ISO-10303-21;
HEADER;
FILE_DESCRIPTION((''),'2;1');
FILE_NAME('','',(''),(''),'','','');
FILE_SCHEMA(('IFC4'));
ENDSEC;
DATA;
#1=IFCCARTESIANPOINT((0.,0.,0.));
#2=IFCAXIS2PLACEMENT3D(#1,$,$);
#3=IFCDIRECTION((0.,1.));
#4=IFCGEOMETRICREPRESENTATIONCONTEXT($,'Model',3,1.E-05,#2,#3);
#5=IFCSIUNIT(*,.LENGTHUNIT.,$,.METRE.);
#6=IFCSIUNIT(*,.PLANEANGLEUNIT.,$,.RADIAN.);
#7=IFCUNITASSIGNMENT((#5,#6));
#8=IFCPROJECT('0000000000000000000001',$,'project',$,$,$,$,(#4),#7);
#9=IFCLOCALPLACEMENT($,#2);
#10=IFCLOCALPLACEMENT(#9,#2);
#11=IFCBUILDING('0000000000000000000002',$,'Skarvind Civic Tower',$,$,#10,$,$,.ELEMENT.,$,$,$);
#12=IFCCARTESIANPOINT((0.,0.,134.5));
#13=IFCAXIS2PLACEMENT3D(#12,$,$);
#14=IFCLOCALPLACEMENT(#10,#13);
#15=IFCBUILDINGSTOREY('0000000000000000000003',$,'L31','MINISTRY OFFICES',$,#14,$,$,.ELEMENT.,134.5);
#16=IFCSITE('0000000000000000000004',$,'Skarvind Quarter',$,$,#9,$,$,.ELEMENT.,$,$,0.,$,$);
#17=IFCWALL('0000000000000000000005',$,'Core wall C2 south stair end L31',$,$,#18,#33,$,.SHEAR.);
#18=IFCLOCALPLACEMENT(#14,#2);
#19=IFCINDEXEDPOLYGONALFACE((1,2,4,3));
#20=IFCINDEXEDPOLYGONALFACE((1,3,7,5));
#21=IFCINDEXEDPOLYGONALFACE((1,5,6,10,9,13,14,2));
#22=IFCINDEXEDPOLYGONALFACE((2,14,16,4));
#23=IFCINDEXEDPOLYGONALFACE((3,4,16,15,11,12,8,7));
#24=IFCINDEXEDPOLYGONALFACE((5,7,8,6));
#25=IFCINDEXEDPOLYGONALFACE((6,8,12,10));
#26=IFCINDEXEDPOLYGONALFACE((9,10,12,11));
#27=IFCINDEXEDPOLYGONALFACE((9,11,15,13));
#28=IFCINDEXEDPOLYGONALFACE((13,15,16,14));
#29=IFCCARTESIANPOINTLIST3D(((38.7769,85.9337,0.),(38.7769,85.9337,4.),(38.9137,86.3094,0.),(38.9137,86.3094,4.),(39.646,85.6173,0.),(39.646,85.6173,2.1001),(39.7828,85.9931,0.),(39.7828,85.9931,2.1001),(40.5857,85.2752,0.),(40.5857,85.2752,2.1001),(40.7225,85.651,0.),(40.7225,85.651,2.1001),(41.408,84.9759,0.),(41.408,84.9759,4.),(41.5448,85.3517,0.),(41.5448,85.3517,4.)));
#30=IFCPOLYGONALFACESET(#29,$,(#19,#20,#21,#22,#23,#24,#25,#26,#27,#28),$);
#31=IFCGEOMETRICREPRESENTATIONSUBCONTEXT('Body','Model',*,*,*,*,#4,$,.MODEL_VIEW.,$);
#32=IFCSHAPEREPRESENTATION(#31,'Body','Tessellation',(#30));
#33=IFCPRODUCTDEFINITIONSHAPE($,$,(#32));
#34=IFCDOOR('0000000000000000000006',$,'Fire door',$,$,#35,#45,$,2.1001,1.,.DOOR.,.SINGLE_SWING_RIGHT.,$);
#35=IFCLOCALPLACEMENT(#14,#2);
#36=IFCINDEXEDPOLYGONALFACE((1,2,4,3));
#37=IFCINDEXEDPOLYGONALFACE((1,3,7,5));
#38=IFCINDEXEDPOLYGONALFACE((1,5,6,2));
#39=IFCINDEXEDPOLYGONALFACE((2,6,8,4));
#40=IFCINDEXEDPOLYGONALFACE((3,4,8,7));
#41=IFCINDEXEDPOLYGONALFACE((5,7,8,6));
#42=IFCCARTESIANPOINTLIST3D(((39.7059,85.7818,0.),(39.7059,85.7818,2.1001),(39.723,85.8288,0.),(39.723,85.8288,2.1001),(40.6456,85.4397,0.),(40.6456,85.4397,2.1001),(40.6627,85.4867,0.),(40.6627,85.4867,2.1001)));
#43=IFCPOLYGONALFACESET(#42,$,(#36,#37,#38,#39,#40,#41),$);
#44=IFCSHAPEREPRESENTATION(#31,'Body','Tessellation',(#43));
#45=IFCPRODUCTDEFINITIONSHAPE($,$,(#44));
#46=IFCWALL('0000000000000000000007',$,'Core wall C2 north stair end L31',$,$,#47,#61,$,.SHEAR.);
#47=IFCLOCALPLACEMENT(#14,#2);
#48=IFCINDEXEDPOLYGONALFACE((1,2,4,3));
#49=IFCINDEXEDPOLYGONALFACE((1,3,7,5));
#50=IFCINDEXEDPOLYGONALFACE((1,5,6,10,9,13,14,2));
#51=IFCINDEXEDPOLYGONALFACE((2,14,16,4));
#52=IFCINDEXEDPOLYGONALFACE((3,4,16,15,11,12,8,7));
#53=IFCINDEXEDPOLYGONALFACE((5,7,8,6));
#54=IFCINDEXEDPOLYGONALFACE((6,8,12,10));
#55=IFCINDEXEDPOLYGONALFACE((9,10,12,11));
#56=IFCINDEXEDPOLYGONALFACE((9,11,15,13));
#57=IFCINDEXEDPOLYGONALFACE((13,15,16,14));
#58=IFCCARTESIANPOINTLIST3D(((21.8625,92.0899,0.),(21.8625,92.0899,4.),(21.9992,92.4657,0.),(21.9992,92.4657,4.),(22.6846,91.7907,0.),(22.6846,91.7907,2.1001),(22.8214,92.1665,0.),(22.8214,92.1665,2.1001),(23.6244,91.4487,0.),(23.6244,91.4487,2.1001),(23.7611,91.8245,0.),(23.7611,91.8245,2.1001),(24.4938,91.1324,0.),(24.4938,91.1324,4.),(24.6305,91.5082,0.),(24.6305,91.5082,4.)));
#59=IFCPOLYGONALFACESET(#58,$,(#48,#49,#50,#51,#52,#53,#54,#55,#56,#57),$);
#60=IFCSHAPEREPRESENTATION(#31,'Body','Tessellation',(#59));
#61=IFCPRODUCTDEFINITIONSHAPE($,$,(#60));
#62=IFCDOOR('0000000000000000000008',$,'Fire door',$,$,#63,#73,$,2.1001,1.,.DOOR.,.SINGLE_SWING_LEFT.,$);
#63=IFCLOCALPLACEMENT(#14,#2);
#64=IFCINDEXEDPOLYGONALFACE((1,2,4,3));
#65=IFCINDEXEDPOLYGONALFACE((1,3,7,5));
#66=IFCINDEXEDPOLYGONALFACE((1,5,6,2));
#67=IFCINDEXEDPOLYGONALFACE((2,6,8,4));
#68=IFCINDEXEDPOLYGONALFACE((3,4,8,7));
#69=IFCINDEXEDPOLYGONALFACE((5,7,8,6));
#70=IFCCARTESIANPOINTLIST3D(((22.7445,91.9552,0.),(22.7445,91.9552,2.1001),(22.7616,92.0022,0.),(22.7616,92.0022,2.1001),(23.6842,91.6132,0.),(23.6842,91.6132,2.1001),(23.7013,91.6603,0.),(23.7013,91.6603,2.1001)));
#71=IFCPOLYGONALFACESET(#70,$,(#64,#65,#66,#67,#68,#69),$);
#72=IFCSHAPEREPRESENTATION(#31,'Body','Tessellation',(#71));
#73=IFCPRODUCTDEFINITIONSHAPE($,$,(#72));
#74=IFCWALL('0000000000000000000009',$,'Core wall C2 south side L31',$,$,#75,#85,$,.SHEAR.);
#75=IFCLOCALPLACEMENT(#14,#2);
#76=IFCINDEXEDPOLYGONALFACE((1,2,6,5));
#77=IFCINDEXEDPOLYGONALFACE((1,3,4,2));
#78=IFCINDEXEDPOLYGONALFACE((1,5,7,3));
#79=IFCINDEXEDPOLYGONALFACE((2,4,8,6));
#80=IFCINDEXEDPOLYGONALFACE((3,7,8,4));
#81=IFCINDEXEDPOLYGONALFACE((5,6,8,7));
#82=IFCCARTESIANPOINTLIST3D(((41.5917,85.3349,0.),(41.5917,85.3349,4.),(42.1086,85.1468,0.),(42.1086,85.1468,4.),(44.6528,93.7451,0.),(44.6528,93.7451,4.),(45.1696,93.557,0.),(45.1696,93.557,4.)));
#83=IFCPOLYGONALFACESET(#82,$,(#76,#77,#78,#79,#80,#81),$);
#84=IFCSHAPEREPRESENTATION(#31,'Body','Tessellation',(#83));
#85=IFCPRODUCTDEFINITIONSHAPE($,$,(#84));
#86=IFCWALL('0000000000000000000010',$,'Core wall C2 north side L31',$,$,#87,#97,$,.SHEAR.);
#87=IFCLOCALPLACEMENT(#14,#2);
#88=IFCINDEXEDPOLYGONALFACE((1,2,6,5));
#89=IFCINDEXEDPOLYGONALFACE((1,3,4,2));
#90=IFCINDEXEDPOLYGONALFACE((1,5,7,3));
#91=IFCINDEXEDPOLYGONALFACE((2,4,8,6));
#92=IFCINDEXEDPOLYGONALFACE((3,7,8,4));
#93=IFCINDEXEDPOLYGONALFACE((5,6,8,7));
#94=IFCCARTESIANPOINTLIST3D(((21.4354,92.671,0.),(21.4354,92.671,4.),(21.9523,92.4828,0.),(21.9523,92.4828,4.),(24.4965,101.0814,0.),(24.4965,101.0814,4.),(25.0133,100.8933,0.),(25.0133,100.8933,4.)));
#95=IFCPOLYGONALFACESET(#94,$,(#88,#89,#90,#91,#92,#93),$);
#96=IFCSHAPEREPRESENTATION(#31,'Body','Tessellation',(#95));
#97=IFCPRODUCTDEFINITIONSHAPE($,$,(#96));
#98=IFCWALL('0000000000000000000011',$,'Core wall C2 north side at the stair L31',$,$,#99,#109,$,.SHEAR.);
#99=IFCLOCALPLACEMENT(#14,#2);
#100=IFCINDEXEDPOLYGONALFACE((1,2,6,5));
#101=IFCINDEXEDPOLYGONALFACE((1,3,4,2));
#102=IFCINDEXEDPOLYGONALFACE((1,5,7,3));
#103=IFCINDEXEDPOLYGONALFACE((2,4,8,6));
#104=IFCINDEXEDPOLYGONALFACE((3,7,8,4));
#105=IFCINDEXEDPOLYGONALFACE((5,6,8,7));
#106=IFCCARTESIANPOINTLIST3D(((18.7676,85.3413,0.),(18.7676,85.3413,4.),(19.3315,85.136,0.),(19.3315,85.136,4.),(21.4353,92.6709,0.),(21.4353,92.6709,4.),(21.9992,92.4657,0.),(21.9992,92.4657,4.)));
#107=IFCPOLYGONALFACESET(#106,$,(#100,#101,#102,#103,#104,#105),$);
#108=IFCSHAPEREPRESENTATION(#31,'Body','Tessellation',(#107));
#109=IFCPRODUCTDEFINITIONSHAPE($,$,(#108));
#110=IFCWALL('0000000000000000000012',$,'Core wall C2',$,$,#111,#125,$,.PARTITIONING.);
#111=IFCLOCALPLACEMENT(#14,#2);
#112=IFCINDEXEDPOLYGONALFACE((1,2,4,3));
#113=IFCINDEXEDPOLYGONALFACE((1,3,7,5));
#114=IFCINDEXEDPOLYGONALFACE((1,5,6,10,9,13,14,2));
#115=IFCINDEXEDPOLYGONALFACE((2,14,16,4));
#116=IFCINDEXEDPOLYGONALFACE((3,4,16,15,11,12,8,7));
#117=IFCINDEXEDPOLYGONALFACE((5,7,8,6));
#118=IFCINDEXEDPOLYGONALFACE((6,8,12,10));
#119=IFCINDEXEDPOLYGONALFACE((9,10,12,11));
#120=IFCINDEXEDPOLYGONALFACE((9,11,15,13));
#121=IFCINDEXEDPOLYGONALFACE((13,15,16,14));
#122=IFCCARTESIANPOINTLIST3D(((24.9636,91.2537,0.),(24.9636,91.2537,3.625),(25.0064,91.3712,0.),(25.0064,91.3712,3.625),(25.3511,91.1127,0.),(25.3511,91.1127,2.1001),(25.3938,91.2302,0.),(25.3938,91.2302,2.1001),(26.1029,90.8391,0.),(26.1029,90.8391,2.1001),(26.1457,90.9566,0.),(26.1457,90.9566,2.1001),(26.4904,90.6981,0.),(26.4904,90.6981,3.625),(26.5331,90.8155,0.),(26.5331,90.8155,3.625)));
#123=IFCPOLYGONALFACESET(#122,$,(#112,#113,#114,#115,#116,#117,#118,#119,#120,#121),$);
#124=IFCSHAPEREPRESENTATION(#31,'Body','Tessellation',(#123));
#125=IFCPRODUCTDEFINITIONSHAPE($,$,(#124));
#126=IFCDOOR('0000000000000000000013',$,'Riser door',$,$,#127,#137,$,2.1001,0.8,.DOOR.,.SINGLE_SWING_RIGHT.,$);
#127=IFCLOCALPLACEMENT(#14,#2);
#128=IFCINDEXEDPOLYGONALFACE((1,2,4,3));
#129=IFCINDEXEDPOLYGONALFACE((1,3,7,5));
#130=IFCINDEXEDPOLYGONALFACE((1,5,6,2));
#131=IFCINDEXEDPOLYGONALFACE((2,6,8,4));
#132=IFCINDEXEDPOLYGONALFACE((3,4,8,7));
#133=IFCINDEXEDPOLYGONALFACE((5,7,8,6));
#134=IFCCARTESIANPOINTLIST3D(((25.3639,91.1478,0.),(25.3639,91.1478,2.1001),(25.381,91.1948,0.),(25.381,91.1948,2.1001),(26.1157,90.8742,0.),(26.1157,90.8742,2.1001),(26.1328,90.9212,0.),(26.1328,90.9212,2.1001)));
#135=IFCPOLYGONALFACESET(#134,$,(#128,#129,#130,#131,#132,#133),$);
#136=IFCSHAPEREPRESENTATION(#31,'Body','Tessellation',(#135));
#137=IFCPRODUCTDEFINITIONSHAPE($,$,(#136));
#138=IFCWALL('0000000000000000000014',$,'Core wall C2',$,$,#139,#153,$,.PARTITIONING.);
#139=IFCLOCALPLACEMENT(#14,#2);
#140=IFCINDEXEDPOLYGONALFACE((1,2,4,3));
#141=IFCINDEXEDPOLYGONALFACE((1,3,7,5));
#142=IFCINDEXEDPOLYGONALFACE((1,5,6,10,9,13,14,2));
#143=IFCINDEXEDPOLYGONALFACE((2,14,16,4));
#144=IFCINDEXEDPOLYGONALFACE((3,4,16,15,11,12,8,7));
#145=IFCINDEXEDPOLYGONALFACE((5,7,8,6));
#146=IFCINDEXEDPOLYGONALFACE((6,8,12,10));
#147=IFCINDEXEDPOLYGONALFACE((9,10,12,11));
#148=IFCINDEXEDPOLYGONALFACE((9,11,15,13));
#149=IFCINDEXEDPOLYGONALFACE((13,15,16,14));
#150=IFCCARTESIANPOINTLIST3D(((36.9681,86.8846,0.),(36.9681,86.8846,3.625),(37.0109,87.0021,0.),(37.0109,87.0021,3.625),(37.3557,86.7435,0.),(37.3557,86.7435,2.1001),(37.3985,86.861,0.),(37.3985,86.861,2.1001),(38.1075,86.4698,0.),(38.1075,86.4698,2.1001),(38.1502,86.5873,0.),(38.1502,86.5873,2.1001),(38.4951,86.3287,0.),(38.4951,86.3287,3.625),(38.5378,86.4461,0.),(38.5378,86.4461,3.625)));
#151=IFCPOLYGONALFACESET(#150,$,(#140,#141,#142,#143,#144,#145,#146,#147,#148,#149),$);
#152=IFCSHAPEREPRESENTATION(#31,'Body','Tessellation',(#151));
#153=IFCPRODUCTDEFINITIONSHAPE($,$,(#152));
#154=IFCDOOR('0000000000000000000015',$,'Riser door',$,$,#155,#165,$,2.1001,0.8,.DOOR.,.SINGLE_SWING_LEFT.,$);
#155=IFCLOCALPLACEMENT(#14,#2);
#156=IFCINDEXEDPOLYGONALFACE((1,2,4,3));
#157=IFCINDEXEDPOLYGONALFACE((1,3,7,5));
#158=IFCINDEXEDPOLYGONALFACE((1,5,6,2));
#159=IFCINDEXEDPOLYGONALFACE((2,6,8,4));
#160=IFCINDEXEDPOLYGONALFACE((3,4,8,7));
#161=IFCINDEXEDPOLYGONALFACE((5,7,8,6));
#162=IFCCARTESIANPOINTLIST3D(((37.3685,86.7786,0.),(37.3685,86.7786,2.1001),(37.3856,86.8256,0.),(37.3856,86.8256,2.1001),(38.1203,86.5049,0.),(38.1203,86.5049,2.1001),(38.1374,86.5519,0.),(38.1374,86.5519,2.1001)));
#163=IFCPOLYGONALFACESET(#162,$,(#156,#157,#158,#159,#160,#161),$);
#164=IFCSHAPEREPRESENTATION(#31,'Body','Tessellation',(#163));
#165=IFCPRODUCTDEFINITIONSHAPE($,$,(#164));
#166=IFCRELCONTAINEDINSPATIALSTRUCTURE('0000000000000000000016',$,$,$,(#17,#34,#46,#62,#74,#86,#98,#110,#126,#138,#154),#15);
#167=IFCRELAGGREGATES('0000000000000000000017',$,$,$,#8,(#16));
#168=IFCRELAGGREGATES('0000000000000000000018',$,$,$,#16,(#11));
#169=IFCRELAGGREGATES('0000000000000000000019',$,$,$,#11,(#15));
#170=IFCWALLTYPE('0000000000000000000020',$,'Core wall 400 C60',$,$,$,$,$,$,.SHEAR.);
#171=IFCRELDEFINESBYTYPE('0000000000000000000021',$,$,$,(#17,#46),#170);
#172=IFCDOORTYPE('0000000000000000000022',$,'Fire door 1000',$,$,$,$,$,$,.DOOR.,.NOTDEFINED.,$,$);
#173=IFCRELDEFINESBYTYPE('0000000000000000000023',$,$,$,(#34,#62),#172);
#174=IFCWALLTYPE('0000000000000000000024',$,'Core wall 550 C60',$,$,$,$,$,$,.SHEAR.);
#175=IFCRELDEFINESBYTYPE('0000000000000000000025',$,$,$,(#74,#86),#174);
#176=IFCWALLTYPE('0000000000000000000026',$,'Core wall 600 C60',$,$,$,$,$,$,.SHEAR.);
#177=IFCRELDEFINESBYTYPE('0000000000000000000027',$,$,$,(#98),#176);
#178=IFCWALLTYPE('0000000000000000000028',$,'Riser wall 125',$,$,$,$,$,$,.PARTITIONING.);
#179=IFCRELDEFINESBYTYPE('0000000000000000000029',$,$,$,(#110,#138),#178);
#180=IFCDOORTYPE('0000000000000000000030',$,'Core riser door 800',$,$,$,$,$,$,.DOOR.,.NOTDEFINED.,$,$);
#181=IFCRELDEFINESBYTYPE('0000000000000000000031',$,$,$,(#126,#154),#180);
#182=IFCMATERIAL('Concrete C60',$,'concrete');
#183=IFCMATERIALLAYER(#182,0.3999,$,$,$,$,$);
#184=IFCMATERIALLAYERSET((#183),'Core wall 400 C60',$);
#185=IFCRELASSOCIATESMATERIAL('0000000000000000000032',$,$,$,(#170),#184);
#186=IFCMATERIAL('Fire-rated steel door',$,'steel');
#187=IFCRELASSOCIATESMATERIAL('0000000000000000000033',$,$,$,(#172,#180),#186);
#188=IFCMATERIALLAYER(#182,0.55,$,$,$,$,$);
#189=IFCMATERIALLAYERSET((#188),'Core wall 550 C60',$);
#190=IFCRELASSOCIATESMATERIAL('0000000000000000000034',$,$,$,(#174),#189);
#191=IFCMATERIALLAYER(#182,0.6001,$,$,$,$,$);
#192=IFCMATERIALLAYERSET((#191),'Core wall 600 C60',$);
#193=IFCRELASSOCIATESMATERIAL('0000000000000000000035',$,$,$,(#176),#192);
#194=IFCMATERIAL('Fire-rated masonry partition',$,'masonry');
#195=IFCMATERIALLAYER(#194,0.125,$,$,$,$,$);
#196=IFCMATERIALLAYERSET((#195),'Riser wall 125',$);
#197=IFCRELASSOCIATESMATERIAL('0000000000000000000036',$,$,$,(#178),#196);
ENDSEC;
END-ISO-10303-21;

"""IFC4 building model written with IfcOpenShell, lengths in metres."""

from ifc_helpers import new_model, si_unit, direction, frame, frame_2d, origin, place, context, subcontext, project, spatial, rectangle, extrude, material, layer, layer_set, type_object, element, fill, save


model = new_model("IFC4")

# Units and contexts
model_context = context("Model", 3, precision=1e-05, world=origin(), true_north=direction((0.0, 1.0)))
body_context = subcontext(model_context, "Body", "Model", "MODEL_VIEW")
ifc_project = project(units=[si_unit("LENGTHUNIT", "METRE"), si_unit("PLANEANGLEUNIT", "RADIAN")], contexts=[model_context])

# Site, building, storey
site_placement = place(None, origin())
site = spatial("IfcSite", under=ifc_project, at=site_placement, Name="Skarvind Quarter", CompositionType="ELEMENT", RefElevation=0.0)
building_placement = place(site_placement, origin())
building = spatial("IfcBuilding", under=site, at=building_placement, Name="Skarvind Civic Tower", CompositionType="ELEMENT")
storey_placement = place(building_placement, frame((0.0, 0.0, 134.5)))
storey = spatial("IfcBuildingStorey", under=building, at=storey_placement, Name="L31", Description="MINISTRY OFFICES", CompositionType="ELEMENT", Elevation=134.5)

# Shared definitions
ifc_material_1 = material(Name="Fire-rated masonry partition", Category="masonry")
ifc_material_2 = material(Name="Fire-rated steel door", Category="steel")

# Shared definitions
ifc_material_3 = material(Name="Concrete C60", Category="concrete")

# Walls, openings, doors
ifc_layer_1 = layer(ifc_material_3, 0.3999)
ifc_layer_set_1 = layer_set([ifc_layer_1], Name="Core wall 400 C60")
wall_type_1 = type_object("IfcWallType", Name="Core wall 400 C60", PredefinedType="SHEAR", material=ifc_layer_set_1)
wall_1_placement = place(storey_placement, frame((41.4763, 85.1638, 0.0), z_axis=(0.0, 0.0, 1.0), x_axis=(-0.939679, 0.342058, 0.0)))
wall_1 = element("IfcWall", 1, at=wall_1_placement, inside=storey, type_object=wall_type_1, Name="Core wall C2 south stair end L31", PredefinedType="SHEAR", context=body_context, shape_type="SweptSolid", body=[
    extrude(rectangle(XDim=2.8, YDim=0.3999, at=frame_2d((1.3999, 0.0))), origin(), (0.0, 0.0, 1.0), 4.0),
])
opening_1_placement = place(wall_1_placement, frame((0.875, 0.0, 0.0)))
opening_1 = element("IfcOpeningElement", 2, at=opening_1_placement, cuts=wall_1, PredefinedType="OPENING", context=body_context, shape_type="SweptSolid", body=[
    extrude(rectangle(XDim=1.0, YDim=2.1001, at=frame_2d((0.5, 1.05))), frame((0.0, 0.21, 0.0), z_axis=(0.0, -1.0, 0.0), x_axis=(1.0, 0.0, 0.0)), (0.0, 0.0, 1.0), 0.4199),
])
door_type_1 = type_object("IfcDoorType", Name="Fire door 1000", OperationType="NOTDEFINED", PredefinedType="DOOR", material=ifc_material_2)
door_1_placement = place(opening_1_placement, origin())
door_1 = element("IfcDoor", 3, at=door_1_placement, inside=storey, type_object=door_type_1, Name="Fire door", OperationType="SINGLE_SWING_RIGHT", OverallHeight=2.1001, OverallWidth=1.0, PredefinedType="DOOR", context=body_context, shape_type="SweptSolid", body=[
    extrude(rectangle(XDim=1.0, YDim=2.1001, at=frame_2d((0.5, 1.05))), frame((0.0, 0.0249, 0.0), z_axis=(0.0, -1.0, 0.0), x_axis=(1.0, 0.0, 0.0)), (0.0, 0.0, 1.0), 0.05),
])
fill(opening_1, door_1)
wall_2_placement = place(storey_placement, frame((24.562, 91.3203, 0.0), z_axis=(0.0, 0.0, 1.0), x_axis=(-0.939717, 0.341953, 0.0)))
wall_2 = element("IfcWall", 4, at=wall_2_placement, inside=storey, type_object=wall_type_1, Name="Core wall C2 north stair end L31", PredefinedType="SHEAR", context=body_context, shape_type="SweptSolid", body=[
    extrude(rectangle(XDim=2.8, YDim=0.3999, at=frame_2d((1.3999, 0.0))), origin(), (0.0, 0.0, 1.0), 4.0),
])
opening_2_placement = place(wall_2_placement, frame((0.925, 0.0, 0.0)))
opening_2 = element("IfcOpeningElement", 5, at=opening_2_placement, cuts=wall_2, PredefinedType="OPENING", context=body_context, shape_type="SweptSolid", body=[
    extrude(rectangle(XDim=1.0, YDim=2.1001, at=frame_2d((0.5, 1.05))), frame((0.0, 0.21, 0.0), z_axis=(0.0, -1.0, 0.0), x_axis=(1.0, 0.0, 0.0)), (0.0, 0.0, 1.0), 0.4199),
])
door_2_placement = place(opening_2_placement, origin())
door_2 = element("IfcDoor", 6, at=door_2_placement, inside=storey, type_object=door_type_1, Name="Fire door", OperationType="SINGLE_SWING_LEFT", OverallHeight=2.1001, OverallWidth=1.0, PredefinedType="DOOR", context=body_context, shape_type="SweptSolid", body=[
    extrude(rectangle(XDim=1.0, YDim=2.1001, at=frame_2d((0.5, 1.05))), frame((0.0, 0.0249, 0.0), z_axis=(0.0, -1.0, 0.0), x_axis=(1.0, 0.0, 0.0)), (0.0, 0.0, 1.0), 0.05),
])
fill(opening_2, door_2)

# Walls
ifc_layer_2 = layer(ifc_material_3, 0.55)
ifc_layer_set_2 = layer_set([ifc_layer_2], Name="Core wall 550 C60")
wall_type_2 = type_object("IfcWallType", Name="Core wall 550 C60", PredefinedType="SHEAR", material=ifc_layer_set_2)
wall_3_placement = place(storey_placement, frame((41.8501, 85.2407, 0.0), z_axis=(0.0, 0.0, 1.0), x_axis=(0.342019, 0.939693, 0.0)))
element("IfcWall", 7, at=wall_3_placement, inside=storey, type_object=wall_type_2, Name="Core wall C2 south side L31", PredefinedType="SHEAR", context=body_context, shape_type="SweptSolid", body=[
    extrude(rectangle(XDim=8.95, YDim=0.55, at=frame_2d((4.4751, 0.0))), origin(), (0.0, 0.0, 1.0), 4.0),
])
wall_4_placement = place(storey_placement, frame((21.6938, 92.5769, 0.0), z_axis=(0.0, 0.0, 1.0), x_axis=(0.34201, 0.939696, 0.0)))
element("IfcWall", 8, at=wall_4_placement, inside=storey, type_object=wall_type_2, Name="Core wall C2 north side L31", PredefinedType="SHEAR", context=body_context, shape_type="SweptSolid", body=[
    extrude(rectangle(XDim=8.9502, YDim=0.55, at=frame_2d((4.4751, 0.0))), origin(), (0.0, 0.0, 1.0), 4.0),
])
ifc_layer_3 = layer(ifc_material_3, 0.6001)
ifc_layer_set_3 = layer_set([ifc_layer_3], Name="Core wall 600 C60")
wall_type_3 = type_object("IfcWallType", Name="Core wall 600 C60", PredefinedType="SHEAR", material=ifc_layer_set_3)
wall_5_placement = place(storey_placement, frame((19.0496, 85.2388, 0.0), z_axis=(0.0, 0.0, 1.0), x_axis=(0.342017, 0.939694, 0.0)))
element("IfcWall", 9, at=wall_5_placement, inside=storey, type_object=wall_type_3, Name="Core wall C2 north side at the stair L31", PredefinedType="SHEAR", context=body_context, shape_type="SweptSolid", body=[
    extrude(rectangle(XDim=7.8, YDim=0.6001, at=frame_2d((3.8999, 0.0))), origin(), (0.0, 0.0, 1.0), 4.0),
])

# Walls, openings, doors
ifc_layer_4 = layer(ifc_material_1, 0.125)
ifc_layer_set_4 = layer_set([ifc_layer_4], Name="Riser wall 125")
wall_type_4 = type_object("IfcWallType", Name="Riser wall 125", PredefinedType="PARTITIONING", material=ifc_layer_set_4)
wall_6_placement = place(storey_placement, frame((24.9849, 91.3125, 0.0), z_axis=(0.0, 0.0, 1.0), x_axis=(0.939706, -0.341984, 0.0)))
wall_6 = element("IfcWall", 10, at=wall_6_placement, inside=storey, type_object=wall_type_4, Name="Core wall C2", PredefinedType="PARTITIONING", context=body_context, shape_type="SweptSolid", body=[
    extrude(rectangle(XDim=1.6248, YDim=0.125, at=frame_2d((0.8125, 0.0))), origin(), (0.0, 0.0, 1.0), 3.625),
])
opening_3_placement = place(wall_6_placement, frame((0.4126, 0.0, 0.0)))
opening_3 = element("IfcOpeningElement", 11, at=opening_3_placement, cuts=wall_6, PredefinedType="OPENING", context=body_context, shape_type="SweptSolid", body=[
    extrude(rectangle(XDim=0.8, YDim=2.1001, at=frame_2d((0.3999, 1.05))), frame((0.0, 0.0725, 0.0), z_axis=(0.0, -1.0, 0.0), x_axis=(1.0, 0.0, 0.0)), (0.0, 0.0, 1.0), 0.145),
])
door_type_2 = type_object("IfcDoorType", Name="Core riser door 800", OperationType="NOTDEFINED", PredefinedType="DOOR", material=ifc_material_2)
door_3_placement = place(opening_3_placement, origin())
door_3 = element("IfcDoor", 12, at=door_3_placement, inside=storey, type_object=door_type_2, Name="Riser door", OperationType="SINGLE_SWING_RIGHT", OverallHeight=2.1001, OverallWidth=0.8, PredefinedType="DOOR", context=body_context, shape_type="SweptSolid", body=[
    extrude(rectangle(XDim=0.8, YDim=2.1001, at=frame_2d((0.3999, 1.05))), frame((0.0, 0.0249, 0.0), z_axis=(0.0, -1.0, 0.0), x_axis=(1.0, 0.0, 0.0)), (0.0, 0.0, 1.0), 0.05),
])
fill(opening_3, door_3)
wall_7_placement = place(storey_placement, frame((36.9895, 86.9434, 0.0), z_axis=(0.0, 0.0, 1.0), x_axis=(0.939657, -0.342117, 0.0)))
wall_7 = element("IfcWall", 13, at=wall_7_placement, inside=storey, type_object=wall_type_4, Name="Core wall C2", PredefinedType="PARTITIONING", context=body_context, shape_type="SweptSolid", body=[
    extrude(rectangle(XDim=1.625, YDim=0.125, at=frame_2d((0.8125, 0.0))), origin(), (0.0, 0.0, 1.0), 3.625),
])
opening_4_placement = place(wall_7_placement, frame((0.4126, 0.0, 0.0)))
opening_4 = element("IfcOpeningElement", 14, at=opening_4_placement, cuts=wall_7, PredefinedType="OPENING", context=body_context, shape_type="SweptSolid", body=[
    extrude(rectangle(XDim=0.8, YDim=2.1001, at=frame_2d((0.3999, 1.05))), frame((0.0, 0.0725, 0.0), z_axis=(0.0, -1.0, 0.0), x_axis=(1.0, 0.0, 0.0)), (0.0, 0.0, 1.0), 0.145),
])
door_4_placement = place(opening_4_placement, origin())
door_4 = element("IfcDoor", 15, at=door_4_placement, inside=storey, type_object=door_type_2, Name="Riser door", OperationType="SINGLE_SWING_LEFT", OverallHeight=2.1001, OverallWidth=0.8, PredefinedType="DOOR", context=body_context, shape_type="SweptSolid", body=[
    extrude(rectangle(XDim=0.8, YDim=2.1001, at=frame_2d((0.3999, 1.05))), frame((0.0, 0.0249, 0.0), z_axis=(0.0, -1.0, 0.0), x_axis=(1.0, 0.0, 0.0)), (0.0, 0.0, 1.0), 0.05),
])
fill(opening_4, door_4)

save(model, "model.ifc")
